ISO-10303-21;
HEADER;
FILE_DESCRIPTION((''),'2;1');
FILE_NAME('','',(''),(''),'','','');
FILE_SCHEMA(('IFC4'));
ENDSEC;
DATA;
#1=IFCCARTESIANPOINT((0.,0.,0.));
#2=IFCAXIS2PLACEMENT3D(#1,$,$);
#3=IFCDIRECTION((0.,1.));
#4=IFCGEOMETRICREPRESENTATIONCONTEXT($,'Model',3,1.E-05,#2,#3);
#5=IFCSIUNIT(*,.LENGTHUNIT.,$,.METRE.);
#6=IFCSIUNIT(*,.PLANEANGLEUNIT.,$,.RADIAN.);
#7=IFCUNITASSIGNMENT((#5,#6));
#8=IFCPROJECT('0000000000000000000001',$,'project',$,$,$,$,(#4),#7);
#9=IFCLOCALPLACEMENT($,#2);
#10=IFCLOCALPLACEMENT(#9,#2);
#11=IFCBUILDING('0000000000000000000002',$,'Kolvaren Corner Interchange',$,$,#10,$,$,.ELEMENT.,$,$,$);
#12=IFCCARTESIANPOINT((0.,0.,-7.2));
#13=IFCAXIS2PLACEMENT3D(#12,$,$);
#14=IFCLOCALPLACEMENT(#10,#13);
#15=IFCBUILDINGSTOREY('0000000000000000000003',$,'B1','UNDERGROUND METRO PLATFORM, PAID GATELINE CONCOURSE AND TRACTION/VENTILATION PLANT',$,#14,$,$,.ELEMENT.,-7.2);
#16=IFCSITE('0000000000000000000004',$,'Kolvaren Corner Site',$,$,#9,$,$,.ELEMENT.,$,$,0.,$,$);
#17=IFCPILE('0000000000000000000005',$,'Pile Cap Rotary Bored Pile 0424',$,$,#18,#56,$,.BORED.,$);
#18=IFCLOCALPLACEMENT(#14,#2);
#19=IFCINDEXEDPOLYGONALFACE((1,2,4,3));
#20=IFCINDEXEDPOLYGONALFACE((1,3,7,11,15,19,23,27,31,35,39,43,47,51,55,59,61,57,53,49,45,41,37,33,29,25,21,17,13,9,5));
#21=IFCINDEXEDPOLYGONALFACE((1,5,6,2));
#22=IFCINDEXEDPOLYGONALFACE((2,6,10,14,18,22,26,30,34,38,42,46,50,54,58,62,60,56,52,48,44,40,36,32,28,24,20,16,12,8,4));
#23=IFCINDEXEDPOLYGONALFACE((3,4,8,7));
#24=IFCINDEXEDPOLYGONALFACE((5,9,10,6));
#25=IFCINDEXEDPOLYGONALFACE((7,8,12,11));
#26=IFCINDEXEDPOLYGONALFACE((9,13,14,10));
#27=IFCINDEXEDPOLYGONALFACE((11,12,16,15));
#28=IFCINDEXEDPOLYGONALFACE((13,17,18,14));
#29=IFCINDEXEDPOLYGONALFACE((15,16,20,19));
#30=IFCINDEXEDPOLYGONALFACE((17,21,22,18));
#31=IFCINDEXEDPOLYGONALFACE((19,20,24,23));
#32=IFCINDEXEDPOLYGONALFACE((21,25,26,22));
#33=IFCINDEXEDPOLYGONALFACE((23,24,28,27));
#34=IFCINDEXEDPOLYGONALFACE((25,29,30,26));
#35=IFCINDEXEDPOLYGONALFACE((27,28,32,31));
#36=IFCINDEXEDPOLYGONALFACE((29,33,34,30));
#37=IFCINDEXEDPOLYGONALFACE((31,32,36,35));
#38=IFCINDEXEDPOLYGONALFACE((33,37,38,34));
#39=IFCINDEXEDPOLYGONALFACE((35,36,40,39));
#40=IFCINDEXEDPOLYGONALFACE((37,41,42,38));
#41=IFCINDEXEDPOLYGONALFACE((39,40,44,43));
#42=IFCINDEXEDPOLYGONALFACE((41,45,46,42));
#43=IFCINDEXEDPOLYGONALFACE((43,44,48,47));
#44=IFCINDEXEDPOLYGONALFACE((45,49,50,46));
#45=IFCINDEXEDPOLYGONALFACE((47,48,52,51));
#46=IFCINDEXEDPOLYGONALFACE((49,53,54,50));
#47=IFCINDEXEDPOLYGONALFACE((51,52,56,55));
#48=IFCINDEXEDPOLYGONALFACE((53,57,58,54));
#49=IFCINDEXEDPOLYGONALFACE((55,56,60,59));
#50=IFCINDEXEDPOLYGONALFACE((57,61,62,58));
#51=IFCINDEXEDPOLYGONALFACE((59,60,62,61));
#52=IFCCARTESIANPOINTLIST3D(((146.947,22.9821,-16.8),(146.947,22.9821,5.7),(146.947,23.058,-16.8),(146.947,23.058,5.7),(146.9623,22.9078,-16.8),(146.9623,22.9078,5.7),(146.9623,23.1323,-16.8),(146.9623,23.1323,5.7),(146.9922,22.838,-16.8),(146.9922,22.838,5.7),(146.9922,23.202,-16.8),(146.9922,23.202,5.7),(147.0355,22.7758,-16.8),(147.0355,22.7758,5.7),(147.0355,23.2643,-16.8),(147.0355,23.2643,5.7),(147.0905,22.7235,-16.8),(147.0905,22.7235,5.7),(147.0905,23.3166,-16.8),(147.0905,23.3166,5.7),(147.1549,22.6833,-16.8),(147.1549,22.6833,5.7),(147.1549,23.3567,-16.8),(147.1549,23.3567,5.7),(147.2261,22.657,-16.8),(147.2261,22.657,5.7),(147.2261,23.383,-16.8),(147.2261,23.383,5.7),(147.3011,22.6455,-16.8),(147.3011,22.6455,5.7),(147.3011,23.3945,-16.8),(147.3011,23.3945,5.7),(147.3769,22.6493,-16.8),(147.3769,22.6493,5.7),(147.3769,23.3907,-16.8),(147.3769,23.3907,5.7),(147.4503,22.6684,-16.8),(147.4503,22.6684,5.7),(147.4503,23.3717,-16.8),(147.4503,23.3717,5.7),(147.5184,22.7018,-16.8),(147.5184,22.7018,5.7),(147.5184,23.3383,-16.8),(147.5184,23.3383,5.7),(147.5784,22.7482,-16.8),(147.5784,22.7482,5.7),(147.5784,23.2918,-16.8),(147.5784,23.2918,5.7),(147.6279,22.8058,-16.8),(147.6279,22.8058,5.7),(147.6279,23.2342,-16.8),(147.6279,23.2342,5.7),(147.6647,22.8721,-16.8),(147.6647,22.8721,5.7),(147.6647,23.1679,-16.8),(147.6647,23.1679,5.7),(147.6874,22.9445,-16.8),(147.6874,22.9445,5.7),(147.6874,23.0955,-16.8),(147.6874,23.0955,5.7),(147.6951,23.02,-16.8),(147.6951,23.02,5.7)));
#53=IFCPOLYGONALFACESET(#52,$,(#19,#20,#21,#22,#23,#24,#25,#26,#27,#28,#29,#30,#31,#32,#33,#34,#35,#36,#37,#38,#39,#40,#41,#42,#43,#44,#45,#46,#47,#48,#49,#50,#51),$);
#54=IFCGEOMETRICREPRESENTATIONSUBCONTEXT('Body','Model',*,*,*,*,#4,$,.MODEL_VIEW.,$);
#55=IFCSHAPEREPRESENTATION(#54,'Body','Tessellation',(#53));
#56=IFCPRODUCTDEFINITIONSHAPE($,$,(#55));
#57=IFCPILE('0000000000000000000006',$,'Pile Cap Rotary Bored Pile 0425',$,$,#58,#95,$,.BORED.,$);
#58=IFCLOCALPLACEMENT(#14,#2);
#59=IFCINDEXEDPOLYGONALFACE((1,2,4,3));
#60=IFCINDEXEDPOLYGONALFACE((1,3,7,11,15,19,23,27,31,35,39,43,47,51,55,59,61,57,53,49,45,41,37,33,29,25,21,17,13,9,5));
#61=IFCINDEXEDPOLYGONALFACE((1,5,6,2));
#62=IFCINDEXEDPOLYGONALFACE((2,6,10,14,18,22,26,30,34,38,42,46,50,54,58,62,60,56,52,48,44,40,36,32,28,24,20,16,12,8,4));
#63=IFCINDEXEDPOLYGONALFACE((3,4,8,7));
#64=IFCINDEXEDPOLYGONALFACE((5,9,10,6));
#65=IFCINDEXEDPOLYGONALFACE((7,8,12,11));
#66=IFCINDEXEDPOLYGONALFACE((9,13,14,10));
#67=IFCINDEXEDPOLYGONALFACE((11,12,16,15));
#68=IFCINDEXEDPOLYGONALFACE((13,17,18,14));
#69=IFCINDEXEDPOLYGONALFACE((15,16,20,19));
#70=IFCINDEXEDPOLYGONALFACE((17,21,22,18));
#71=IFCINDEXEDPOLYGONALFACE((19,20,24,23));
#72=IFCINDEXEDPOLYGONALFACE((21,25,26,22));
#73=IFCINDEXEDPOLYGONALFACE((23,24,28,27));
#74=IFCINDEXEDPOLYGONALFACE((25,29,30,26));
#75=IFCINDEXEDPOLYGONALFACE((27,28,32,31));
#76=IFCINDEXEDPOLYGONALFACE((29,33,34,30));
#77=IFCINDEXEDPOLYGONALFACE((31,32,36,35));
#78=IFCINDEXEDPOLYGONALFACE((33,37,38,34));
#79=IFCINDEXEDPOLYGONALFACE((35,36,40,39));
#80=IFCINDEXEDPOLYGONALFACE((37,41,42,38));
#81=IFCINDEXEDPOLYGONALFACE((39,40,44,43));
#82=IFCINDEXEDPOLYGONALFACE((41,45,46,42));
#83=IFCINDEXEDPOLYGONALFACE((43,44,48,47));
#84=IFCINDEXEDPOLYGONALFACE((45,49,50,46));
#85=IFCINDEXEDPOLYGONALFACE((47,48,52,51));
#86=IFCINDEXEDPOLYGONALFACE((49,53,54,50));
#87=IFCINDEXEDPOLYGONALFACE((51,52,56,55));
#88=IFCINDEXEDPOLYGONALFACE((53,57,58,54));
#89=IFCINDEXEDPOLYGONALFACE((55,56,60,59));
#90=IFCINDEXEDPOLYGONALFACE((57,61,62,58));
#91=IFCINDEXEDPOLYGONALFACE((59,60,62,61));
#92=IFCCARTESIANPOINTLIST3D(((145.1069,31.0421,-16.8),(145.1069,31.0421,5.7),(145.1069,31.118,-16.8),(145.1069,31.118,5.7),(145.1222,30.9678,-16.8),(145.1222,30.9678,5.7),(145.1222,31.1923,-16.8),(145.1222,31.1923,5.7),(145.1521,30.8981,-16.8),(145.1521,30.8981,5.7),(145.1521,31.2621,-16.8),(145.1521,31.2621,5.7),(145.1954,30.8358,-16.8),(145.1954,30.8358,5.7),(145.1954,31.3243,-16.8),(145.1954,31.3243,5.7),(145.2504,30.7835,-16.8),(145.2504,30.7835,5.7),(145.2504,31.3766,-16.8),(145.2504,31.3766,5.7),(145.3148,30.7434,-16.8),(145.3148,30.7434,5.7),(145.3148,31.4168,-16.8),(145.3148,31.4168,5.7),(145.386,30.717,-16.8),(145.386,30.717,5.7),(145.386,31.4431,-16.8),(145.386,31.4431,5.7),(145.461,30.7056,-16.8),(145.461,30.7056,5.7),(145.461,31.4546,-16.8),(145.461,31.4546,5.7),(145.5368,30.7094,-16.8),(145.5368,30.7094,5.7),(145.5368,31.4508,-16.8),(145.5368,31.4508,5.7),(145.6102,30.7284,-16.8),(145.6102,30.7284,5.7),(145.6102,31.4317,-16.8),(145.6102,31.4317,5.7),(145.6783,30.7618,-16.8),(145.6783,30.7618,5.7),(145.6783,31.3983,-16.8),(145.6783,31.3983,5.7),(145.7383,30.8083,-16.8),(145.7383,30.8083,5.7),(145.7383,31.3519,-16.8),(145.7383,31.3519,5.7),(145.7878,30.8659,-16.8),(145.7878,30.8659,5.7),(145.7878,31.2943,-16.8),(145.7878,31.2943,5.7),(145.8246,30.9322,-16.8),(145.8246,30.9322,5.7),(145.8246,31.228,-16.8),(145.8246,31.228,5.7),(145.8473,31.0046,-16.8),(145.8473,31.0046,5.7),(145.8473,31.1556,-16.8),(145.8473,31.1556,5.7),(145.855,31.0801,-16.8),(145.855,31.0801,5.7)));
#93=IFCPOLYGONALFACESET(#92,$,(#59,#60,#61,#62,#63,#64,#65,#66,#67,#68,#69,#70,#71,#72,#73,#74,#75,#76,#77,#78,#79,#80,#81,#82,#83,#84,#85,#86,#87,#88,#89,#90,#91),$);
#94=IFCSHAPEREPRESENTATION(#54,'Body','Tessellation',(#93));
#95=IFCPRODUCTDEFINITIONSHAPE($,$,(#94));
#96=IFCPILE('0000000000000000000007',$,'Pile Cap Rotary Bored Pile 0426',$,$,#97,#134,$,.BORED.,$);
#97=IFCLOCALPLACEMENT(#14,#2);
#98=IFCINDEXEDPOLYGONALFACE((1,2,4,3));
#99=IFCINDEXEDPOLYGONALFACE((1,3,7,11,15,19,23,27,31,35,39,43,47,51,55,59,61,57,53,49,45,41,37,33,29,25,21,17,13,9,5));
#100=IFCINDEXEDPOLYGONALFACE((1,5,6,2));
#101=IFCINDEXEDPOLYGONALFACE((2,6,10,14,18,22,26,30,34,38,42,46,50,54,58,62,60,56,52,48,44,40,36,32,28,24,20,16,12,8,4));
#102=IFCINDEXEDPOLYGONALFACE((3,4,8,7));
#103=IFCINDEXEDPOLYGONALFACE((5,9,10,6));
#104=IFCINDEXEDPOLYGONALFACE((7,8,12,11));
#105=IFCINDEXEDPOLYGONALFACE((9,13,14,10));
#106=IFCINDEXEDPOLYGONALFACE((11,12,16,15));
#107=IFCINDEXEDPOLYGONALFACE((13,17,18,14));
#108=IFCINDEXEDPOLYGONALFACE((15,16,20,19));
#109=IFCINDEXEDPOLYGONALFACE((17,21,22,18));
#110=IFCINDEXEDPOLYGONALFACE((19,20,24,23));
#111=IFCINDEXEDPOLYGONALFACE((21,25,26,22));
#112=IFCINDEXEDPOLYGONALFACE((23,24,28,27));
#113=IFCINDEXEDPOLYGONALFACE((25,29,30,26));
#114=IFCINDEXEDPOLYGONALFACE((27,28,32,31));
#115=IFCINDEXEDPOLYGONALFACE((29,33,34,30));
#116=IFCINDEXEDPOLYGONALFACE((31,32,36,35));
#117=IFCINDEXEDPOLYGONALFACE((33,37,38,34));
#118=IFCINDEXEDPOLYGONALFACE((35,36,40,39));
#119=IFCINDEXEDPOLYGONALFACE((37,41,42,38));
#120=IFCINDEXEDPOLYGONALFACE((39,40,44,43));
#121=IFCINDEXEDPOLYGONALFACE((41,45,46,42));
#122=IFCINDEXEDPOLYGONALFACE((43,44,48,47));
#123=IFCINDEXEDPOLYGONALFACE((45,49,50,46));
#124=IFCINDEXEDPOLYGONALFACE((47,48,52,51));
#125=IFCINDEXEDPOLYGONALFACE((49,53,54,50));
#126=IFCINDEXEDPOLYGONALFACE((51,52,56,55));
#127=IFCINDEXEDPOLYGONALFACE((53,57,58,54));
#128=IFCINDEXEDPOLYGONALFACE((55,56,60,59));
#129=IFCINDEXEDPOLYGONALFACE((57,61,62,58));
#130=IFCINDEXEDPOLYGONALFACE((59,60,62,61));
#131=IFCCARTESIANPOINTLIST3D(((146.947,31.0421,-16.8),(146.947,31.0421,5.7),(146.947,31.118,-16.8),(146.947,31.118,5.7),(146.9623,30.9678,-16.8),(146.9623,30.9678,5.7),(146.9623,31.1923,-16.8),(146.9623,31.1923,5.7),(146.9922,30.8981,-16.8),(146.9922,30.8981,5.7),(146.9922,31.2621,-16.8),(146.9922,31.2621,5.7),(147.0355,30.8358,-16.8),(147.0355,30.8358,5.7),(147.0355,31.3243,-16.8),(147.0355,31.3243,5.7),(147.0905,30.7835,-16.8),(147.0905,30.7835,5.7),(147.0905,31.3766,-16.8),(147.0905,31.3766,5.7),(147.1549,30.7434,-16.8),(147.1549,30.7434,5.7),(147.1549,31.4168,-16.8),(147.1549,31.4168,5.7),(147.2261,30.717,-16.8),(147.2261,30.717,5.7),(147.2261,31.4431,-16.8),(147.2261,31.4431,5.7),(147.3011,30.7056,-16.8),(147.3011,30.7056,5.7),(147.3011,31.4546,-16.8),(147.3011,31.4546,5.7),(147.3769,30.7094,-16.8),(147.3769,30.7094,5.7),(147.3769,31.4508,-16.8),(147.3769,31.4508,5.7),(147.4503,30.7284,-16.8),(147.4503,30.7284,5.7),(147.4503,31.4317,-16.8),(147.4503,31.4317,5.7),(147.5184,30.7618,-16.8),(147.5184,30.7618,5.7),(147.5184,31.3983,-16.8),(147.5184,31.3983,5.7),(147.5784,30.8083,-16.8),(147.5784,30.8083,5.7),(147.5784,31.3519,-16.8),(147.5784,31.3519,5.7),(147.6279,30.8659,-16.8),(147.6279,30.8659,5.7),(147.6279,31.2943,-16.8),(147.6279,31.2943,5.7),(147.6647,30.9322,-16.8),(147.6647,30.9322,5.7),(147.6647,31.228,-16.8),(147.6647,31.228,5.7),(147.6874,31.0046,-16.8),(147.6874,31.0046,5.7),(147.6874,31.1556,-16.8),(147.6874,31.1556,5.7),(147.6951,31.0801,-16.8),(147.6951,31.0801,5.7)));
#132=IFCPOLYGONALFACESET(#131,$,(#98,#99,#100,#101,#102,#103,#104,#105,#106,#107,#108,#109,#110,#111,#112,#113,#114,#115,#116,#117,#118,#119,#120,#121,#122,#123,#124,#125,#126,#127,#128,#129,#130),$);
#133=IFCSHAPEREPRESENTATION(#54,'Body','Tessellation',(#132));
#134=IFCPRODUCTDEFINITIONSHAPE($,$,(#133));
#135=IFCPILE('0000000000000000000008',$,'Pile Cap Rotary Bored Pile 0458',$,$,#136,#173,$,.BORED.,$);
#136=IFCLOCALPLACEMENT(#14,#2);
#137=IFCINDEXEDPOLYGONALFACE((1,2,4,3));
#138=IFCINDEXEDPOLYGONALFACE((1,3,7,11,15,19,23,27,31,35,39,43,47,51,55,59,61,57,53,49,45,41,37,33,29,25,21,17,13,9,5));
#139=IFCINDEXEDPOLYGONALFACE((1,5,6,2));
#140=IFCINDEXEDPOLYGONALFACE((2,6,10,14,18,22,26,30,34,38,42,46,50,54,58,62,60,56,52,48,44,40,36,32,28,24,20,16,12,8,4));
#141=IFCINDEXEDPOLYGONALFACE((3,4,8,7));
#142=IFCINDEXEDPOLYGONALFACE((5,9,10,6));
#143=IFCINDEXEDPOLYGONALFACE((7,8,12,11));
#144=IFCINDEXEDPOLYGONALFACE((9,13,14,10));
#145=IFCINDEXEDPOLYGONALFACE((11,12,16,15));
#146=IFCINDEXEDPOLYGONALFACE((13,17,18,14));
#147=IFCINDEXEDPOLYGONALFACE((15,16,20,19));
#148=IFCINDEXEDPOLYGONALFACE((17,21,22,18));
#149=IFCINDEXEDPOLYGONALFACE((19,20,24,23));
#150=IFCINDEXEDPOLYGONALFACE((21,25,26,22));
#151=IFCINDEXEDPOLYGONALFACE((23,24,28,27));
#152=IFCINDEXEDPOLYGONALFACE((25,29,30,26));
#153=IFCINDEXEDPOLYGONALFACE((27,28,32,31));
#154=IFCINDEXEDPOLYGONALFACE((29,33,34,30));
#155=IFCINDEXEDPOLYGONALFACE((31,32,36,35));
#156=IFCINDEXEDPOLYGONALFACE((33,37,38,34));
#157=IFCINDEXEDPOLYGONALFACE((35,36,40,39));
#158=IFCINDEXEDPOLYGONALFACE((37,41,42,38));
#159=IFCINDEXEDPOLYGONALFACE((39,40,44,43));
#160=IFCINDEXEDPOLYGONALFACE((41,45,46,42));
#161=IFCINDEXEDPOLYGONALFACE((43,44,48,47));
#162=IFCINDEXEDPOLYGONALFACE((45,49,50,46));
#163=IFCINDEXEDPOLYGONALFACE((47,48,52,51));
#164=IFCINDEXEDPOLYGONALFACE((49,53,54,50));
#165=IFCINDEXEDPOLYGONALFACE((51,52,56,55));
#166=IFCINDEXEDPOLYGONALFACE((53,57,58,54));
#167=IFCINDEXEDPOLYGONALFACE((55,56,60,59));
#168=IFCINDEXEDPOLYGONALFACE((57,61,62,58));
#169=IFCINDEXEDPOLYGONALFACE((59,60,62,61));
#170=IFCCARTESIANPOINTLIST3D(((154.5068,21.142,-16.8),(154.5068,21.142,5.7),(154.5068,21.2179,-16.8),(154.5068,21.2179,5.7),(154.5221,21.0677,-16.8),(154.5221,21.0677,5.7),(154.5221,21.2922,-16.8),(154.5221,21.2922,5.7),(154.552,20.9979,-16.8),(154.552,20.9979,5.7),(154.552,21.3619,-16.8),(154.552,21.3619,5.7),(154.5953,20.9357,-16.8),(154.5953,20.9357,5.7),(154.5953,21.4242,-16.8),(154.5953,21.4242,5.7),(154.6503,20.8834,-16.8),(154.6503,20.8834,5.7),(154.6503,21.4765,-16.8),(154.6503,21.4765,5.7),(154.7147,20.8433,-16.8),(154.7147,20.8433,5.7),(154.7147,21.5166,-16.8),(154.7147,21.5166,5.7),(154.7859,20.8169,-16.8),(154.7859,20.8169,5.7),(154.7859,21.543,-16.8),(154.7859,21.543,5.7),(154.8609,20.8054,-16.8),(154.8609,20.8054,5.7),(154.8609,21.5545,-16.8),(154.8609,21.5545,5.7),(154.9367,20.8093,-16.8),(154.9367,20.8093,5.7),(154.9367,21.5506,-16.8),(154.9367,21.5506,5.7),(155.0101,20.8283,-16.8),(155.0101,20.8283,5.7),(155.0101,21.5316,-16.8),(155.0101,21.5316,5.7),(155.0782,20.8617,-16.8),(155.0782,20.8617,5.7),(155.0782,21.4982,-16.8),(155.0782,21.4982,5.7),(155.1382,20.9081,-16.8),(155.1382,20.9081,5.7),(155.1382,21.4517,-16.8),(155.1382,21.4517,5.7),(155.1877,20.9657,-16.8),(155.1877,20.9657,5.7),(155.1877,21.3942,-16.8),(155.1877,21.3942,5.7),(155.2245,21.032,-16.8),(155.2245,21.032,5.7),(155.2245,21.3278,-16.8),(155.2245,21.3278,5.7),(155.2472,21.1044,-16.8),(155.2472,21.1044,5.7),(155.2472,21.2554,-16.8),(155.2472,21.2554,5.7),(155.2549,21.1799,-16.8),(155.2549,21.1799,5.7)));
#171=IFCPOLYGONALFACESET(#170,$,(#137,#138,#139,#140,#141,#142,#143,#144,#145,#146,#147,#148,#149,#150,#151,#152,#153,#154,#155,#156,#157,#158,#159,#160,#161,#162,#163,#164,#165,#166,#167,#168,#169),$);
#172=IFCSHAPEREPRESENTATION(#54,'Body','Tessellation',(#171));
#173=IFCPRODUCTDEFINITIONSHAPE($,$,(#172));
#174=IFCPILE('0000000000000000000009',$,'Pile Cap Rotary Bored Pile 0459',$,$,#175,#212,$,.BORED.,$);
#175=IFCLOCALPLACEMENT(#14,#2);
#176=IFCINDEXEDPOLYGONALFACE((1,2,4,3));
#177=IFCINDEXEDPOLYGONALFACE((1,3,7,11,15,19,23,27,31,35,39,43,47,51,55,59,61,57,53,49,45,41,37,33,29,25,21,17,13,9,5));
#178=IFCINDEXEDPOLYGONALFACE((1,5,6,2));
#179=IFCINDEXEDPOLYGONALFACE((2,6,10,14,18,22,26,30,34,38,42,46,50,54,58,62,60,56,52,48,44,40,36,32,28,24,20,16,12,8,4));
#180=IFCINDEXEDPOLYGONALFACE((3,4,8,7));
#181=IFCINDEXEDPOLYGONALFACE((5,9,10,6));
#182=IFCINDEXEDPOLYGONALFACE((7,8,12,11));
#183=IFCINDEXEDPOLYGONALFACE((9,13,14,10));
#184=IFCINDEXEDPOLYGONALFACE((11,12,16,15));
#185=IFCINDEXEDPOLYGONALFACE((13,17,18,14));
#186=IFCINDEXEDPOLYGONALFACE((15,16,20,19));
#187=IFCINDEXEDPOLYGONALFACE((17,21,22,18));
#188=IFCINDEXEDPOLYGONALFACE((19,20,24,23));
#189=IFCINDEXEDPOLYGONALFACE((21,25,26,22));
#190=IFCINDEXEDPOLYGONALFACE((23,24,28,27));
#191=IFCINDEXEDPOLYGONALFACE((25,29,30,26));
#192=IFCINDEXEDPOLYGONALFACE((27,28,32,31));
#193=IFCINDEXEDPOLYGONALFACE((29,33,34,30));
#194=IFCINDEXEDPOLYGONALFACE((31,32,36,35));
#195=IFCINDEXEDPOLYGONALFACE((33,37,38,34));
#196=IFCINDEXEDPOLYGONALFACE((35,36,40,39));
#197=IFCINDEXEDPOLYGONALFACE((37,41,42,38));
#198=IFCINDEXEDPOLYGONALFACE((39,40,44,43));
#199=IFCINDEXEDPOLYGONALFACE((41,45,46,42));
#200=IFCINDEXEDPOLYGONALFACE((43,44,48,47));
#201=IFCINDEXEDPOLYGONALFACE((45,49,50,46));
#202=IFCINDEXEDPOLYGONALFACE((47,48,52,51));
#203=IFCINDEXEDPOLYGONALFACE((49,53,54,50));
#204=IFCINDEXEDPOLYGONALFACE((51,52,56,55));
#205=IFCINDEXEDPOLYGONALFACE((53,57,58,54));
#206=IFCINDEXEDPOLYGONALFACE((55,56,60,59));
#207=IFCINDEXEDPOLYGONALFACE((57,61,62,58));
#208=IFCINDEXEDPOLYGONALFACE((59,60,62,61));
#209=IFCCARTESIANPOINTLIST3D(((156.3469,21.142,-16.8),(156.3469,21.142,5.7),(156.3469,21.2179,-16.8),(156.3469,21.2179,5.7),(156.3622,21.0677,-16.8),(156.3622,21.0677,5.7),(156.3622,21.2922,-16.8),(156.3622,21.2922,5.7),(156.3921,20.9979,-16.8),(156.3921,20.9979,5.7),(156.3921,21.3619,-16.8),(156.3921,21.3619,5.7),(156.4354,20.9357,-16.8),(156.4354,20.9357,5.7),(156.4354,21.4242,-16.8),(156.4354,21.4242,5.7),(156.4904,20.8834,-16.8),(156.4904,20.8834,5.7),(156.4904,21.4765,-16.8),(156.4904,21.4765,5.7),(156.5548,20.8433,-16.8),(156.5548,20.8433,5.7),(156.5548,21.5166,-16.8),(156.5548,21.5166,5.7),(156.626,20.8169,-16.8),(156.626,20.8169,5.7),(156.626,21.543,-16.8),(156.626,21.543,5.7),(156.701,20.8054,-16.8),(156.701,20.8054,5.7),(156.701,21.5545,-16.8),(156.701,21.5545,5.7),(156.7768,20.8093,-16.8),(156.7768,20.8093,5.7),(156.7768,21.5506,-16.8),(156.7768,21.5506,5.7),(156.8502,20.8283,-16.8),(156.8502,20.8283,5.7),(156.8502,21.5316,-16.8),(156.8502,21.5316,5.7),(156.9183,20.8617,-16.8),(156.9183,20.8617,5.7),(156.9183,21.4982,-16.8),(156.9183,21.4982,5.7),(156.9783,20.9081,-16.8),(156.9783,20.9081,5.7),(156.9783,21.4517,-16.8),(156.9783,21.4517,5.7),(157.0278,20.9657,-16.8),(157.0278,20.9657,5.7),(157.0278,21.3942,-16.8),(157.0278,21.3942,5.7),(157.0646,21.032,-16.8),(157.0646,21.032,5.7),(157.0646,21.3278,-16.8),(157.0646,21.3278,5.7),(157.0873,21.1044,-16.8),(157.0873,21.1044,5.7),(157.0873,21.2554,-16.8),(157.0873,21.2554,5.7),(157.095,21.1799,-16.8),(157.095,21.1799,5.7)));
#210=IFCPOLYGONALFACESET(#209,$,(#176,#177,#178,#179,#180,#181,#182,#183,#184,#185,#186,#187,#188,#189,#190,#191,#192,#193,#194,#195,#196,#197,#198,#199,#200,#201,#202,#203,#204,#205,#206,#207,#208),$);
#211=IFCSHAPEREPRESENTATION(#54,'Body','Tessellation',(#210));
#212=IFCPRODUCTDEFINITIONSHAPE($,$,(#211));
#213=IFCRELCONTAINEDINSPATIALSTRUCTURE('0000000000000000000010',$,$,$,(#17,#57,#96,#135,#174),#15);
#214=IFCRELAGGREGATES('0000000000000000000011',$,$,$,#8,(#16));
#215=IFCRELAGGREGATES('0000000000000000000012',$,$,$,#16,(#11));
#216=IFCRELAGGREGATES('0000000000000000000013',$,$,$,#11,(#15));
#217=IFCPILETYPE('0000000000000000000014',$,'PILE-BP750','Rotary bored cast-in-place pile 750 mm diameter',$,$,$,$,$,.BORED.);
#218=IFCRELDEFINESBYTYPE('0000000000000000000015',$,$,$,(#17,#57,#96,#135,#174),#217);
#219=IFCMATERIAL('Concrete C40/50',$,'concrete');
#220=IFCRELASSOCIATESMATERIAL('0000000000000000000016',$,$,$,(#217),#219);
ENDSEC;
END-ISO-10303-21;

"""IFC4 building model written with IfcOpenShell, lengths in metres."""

from ifc_helpers import new_model, si_unit, direction, frame, origin, origin_2d, place, context, subcontext, project, spatial, circle, extrude, material, material_profile, profile_set, type_object, element, save


model = new_model("IFC4")

# Units and contexts
model_context = context("Model", 3, precision=1e-05, world=origin(), true_north=direction((0.0, 1.0)))
body_context = subcontext(model_context, "Body", "Model", "MODEL_VIEW")
ifc_project = project(units=[si_unit("LENGTHUNIT", "METRE"), si_unit("PLANEANGLEUNIT", "RADIAN")], contexts=[model_context])

# Site, building, storey
site_placement = place(None, origin())
site = spatial("IfcSite", under=ifc_project, at=site_placement, Name="Kolvaren Corner Site", CompositionType="ELEMENT", RefElevation=0.0)
building_placement = place(site_placement, origin())
building = spatial("IfcBuilding", under=site, at=building_placement, Name="Kolvaren Corner Interchange", CompositionType="ELEMENT")
storey_placement = place(building_placement, frame((0.0, 0.0, -7.2)))
storey = spatial("IfcBuildingStorey", under=building, at=storey_placement, Name="B1", Description="UNDERGROUND METRO PLATFORM, PAID GATELINE CONCOURSE AND TRACTION/VENTILATION PLANT", CompositionType="ELEMENT", Elevation=-7.2)

# Piles
ifc_material_1 = material(Name="Concrete C40/50", Category="concrete")
ifc_material_profile_1 = material_profile(ifc_material_1, circle(Radius=0.375, at=origin_2d()), Name="BORED PILE 750")
ifc_profile_set_1 = profile_set([ifc_material_profile_1], Name="Concrete C40/50")
pile_type_1 = type_object("IfcPileType", Name="PILE-BP750", Description="Rotary bored cast-in-place pile 750 mm diameter", PredefinedType="BORED", material=ifc_profile_set_1)
for number, where, z_axis, x_axis, name in (
    (1, (147.3201, 23.02, 5.7), (0.0, 0.0, -1.0), (1.0, 0.0, 0.0), "Pile Cap Rotary Bored Pile 0424"),
    (2, (145.48, 31.0801, 5.7), (0.0, 0.0, -1.0), (1.0, 0.0, 0.0), "Pile Cap Rotary Bored Pile 0425"),
    (3, (147.3201, 31.0801, 5.7), (0.0, 0.0, -1.0), (1.0, 0.0, 0.0), "Pile Cap Rotary Bored Pile 0426"),
    (4, (154.8799, 21.1799, 5.7), (0.0, 0.0, -1.0), (1.0, 0.0, 0.0), "Pile Cap Rotary Bored Pile 0458"),
    (5, (156.72, 21.1799, 5.7), (0.0, 0.0, -1.0), (1.0, 0.0, 0.0), "Pile Cap Rotary Bored Pile 0459"),
):
    element("IfcPile", number, at=place(storey_placement, frame(where, z_axis=z_axis, x_axis=x_axis)), inside=storey, type_object=pile_type_1, Name=name, PredefinedType="BORED", context=body_context, shape_type="SweptSolid", body=[
        extrude(circle(Radius=0.375, at=origin_2d()), origin(), (0.0, 0.0, 1.0), 22.5),
    ])

save(model, "model.ifc")
